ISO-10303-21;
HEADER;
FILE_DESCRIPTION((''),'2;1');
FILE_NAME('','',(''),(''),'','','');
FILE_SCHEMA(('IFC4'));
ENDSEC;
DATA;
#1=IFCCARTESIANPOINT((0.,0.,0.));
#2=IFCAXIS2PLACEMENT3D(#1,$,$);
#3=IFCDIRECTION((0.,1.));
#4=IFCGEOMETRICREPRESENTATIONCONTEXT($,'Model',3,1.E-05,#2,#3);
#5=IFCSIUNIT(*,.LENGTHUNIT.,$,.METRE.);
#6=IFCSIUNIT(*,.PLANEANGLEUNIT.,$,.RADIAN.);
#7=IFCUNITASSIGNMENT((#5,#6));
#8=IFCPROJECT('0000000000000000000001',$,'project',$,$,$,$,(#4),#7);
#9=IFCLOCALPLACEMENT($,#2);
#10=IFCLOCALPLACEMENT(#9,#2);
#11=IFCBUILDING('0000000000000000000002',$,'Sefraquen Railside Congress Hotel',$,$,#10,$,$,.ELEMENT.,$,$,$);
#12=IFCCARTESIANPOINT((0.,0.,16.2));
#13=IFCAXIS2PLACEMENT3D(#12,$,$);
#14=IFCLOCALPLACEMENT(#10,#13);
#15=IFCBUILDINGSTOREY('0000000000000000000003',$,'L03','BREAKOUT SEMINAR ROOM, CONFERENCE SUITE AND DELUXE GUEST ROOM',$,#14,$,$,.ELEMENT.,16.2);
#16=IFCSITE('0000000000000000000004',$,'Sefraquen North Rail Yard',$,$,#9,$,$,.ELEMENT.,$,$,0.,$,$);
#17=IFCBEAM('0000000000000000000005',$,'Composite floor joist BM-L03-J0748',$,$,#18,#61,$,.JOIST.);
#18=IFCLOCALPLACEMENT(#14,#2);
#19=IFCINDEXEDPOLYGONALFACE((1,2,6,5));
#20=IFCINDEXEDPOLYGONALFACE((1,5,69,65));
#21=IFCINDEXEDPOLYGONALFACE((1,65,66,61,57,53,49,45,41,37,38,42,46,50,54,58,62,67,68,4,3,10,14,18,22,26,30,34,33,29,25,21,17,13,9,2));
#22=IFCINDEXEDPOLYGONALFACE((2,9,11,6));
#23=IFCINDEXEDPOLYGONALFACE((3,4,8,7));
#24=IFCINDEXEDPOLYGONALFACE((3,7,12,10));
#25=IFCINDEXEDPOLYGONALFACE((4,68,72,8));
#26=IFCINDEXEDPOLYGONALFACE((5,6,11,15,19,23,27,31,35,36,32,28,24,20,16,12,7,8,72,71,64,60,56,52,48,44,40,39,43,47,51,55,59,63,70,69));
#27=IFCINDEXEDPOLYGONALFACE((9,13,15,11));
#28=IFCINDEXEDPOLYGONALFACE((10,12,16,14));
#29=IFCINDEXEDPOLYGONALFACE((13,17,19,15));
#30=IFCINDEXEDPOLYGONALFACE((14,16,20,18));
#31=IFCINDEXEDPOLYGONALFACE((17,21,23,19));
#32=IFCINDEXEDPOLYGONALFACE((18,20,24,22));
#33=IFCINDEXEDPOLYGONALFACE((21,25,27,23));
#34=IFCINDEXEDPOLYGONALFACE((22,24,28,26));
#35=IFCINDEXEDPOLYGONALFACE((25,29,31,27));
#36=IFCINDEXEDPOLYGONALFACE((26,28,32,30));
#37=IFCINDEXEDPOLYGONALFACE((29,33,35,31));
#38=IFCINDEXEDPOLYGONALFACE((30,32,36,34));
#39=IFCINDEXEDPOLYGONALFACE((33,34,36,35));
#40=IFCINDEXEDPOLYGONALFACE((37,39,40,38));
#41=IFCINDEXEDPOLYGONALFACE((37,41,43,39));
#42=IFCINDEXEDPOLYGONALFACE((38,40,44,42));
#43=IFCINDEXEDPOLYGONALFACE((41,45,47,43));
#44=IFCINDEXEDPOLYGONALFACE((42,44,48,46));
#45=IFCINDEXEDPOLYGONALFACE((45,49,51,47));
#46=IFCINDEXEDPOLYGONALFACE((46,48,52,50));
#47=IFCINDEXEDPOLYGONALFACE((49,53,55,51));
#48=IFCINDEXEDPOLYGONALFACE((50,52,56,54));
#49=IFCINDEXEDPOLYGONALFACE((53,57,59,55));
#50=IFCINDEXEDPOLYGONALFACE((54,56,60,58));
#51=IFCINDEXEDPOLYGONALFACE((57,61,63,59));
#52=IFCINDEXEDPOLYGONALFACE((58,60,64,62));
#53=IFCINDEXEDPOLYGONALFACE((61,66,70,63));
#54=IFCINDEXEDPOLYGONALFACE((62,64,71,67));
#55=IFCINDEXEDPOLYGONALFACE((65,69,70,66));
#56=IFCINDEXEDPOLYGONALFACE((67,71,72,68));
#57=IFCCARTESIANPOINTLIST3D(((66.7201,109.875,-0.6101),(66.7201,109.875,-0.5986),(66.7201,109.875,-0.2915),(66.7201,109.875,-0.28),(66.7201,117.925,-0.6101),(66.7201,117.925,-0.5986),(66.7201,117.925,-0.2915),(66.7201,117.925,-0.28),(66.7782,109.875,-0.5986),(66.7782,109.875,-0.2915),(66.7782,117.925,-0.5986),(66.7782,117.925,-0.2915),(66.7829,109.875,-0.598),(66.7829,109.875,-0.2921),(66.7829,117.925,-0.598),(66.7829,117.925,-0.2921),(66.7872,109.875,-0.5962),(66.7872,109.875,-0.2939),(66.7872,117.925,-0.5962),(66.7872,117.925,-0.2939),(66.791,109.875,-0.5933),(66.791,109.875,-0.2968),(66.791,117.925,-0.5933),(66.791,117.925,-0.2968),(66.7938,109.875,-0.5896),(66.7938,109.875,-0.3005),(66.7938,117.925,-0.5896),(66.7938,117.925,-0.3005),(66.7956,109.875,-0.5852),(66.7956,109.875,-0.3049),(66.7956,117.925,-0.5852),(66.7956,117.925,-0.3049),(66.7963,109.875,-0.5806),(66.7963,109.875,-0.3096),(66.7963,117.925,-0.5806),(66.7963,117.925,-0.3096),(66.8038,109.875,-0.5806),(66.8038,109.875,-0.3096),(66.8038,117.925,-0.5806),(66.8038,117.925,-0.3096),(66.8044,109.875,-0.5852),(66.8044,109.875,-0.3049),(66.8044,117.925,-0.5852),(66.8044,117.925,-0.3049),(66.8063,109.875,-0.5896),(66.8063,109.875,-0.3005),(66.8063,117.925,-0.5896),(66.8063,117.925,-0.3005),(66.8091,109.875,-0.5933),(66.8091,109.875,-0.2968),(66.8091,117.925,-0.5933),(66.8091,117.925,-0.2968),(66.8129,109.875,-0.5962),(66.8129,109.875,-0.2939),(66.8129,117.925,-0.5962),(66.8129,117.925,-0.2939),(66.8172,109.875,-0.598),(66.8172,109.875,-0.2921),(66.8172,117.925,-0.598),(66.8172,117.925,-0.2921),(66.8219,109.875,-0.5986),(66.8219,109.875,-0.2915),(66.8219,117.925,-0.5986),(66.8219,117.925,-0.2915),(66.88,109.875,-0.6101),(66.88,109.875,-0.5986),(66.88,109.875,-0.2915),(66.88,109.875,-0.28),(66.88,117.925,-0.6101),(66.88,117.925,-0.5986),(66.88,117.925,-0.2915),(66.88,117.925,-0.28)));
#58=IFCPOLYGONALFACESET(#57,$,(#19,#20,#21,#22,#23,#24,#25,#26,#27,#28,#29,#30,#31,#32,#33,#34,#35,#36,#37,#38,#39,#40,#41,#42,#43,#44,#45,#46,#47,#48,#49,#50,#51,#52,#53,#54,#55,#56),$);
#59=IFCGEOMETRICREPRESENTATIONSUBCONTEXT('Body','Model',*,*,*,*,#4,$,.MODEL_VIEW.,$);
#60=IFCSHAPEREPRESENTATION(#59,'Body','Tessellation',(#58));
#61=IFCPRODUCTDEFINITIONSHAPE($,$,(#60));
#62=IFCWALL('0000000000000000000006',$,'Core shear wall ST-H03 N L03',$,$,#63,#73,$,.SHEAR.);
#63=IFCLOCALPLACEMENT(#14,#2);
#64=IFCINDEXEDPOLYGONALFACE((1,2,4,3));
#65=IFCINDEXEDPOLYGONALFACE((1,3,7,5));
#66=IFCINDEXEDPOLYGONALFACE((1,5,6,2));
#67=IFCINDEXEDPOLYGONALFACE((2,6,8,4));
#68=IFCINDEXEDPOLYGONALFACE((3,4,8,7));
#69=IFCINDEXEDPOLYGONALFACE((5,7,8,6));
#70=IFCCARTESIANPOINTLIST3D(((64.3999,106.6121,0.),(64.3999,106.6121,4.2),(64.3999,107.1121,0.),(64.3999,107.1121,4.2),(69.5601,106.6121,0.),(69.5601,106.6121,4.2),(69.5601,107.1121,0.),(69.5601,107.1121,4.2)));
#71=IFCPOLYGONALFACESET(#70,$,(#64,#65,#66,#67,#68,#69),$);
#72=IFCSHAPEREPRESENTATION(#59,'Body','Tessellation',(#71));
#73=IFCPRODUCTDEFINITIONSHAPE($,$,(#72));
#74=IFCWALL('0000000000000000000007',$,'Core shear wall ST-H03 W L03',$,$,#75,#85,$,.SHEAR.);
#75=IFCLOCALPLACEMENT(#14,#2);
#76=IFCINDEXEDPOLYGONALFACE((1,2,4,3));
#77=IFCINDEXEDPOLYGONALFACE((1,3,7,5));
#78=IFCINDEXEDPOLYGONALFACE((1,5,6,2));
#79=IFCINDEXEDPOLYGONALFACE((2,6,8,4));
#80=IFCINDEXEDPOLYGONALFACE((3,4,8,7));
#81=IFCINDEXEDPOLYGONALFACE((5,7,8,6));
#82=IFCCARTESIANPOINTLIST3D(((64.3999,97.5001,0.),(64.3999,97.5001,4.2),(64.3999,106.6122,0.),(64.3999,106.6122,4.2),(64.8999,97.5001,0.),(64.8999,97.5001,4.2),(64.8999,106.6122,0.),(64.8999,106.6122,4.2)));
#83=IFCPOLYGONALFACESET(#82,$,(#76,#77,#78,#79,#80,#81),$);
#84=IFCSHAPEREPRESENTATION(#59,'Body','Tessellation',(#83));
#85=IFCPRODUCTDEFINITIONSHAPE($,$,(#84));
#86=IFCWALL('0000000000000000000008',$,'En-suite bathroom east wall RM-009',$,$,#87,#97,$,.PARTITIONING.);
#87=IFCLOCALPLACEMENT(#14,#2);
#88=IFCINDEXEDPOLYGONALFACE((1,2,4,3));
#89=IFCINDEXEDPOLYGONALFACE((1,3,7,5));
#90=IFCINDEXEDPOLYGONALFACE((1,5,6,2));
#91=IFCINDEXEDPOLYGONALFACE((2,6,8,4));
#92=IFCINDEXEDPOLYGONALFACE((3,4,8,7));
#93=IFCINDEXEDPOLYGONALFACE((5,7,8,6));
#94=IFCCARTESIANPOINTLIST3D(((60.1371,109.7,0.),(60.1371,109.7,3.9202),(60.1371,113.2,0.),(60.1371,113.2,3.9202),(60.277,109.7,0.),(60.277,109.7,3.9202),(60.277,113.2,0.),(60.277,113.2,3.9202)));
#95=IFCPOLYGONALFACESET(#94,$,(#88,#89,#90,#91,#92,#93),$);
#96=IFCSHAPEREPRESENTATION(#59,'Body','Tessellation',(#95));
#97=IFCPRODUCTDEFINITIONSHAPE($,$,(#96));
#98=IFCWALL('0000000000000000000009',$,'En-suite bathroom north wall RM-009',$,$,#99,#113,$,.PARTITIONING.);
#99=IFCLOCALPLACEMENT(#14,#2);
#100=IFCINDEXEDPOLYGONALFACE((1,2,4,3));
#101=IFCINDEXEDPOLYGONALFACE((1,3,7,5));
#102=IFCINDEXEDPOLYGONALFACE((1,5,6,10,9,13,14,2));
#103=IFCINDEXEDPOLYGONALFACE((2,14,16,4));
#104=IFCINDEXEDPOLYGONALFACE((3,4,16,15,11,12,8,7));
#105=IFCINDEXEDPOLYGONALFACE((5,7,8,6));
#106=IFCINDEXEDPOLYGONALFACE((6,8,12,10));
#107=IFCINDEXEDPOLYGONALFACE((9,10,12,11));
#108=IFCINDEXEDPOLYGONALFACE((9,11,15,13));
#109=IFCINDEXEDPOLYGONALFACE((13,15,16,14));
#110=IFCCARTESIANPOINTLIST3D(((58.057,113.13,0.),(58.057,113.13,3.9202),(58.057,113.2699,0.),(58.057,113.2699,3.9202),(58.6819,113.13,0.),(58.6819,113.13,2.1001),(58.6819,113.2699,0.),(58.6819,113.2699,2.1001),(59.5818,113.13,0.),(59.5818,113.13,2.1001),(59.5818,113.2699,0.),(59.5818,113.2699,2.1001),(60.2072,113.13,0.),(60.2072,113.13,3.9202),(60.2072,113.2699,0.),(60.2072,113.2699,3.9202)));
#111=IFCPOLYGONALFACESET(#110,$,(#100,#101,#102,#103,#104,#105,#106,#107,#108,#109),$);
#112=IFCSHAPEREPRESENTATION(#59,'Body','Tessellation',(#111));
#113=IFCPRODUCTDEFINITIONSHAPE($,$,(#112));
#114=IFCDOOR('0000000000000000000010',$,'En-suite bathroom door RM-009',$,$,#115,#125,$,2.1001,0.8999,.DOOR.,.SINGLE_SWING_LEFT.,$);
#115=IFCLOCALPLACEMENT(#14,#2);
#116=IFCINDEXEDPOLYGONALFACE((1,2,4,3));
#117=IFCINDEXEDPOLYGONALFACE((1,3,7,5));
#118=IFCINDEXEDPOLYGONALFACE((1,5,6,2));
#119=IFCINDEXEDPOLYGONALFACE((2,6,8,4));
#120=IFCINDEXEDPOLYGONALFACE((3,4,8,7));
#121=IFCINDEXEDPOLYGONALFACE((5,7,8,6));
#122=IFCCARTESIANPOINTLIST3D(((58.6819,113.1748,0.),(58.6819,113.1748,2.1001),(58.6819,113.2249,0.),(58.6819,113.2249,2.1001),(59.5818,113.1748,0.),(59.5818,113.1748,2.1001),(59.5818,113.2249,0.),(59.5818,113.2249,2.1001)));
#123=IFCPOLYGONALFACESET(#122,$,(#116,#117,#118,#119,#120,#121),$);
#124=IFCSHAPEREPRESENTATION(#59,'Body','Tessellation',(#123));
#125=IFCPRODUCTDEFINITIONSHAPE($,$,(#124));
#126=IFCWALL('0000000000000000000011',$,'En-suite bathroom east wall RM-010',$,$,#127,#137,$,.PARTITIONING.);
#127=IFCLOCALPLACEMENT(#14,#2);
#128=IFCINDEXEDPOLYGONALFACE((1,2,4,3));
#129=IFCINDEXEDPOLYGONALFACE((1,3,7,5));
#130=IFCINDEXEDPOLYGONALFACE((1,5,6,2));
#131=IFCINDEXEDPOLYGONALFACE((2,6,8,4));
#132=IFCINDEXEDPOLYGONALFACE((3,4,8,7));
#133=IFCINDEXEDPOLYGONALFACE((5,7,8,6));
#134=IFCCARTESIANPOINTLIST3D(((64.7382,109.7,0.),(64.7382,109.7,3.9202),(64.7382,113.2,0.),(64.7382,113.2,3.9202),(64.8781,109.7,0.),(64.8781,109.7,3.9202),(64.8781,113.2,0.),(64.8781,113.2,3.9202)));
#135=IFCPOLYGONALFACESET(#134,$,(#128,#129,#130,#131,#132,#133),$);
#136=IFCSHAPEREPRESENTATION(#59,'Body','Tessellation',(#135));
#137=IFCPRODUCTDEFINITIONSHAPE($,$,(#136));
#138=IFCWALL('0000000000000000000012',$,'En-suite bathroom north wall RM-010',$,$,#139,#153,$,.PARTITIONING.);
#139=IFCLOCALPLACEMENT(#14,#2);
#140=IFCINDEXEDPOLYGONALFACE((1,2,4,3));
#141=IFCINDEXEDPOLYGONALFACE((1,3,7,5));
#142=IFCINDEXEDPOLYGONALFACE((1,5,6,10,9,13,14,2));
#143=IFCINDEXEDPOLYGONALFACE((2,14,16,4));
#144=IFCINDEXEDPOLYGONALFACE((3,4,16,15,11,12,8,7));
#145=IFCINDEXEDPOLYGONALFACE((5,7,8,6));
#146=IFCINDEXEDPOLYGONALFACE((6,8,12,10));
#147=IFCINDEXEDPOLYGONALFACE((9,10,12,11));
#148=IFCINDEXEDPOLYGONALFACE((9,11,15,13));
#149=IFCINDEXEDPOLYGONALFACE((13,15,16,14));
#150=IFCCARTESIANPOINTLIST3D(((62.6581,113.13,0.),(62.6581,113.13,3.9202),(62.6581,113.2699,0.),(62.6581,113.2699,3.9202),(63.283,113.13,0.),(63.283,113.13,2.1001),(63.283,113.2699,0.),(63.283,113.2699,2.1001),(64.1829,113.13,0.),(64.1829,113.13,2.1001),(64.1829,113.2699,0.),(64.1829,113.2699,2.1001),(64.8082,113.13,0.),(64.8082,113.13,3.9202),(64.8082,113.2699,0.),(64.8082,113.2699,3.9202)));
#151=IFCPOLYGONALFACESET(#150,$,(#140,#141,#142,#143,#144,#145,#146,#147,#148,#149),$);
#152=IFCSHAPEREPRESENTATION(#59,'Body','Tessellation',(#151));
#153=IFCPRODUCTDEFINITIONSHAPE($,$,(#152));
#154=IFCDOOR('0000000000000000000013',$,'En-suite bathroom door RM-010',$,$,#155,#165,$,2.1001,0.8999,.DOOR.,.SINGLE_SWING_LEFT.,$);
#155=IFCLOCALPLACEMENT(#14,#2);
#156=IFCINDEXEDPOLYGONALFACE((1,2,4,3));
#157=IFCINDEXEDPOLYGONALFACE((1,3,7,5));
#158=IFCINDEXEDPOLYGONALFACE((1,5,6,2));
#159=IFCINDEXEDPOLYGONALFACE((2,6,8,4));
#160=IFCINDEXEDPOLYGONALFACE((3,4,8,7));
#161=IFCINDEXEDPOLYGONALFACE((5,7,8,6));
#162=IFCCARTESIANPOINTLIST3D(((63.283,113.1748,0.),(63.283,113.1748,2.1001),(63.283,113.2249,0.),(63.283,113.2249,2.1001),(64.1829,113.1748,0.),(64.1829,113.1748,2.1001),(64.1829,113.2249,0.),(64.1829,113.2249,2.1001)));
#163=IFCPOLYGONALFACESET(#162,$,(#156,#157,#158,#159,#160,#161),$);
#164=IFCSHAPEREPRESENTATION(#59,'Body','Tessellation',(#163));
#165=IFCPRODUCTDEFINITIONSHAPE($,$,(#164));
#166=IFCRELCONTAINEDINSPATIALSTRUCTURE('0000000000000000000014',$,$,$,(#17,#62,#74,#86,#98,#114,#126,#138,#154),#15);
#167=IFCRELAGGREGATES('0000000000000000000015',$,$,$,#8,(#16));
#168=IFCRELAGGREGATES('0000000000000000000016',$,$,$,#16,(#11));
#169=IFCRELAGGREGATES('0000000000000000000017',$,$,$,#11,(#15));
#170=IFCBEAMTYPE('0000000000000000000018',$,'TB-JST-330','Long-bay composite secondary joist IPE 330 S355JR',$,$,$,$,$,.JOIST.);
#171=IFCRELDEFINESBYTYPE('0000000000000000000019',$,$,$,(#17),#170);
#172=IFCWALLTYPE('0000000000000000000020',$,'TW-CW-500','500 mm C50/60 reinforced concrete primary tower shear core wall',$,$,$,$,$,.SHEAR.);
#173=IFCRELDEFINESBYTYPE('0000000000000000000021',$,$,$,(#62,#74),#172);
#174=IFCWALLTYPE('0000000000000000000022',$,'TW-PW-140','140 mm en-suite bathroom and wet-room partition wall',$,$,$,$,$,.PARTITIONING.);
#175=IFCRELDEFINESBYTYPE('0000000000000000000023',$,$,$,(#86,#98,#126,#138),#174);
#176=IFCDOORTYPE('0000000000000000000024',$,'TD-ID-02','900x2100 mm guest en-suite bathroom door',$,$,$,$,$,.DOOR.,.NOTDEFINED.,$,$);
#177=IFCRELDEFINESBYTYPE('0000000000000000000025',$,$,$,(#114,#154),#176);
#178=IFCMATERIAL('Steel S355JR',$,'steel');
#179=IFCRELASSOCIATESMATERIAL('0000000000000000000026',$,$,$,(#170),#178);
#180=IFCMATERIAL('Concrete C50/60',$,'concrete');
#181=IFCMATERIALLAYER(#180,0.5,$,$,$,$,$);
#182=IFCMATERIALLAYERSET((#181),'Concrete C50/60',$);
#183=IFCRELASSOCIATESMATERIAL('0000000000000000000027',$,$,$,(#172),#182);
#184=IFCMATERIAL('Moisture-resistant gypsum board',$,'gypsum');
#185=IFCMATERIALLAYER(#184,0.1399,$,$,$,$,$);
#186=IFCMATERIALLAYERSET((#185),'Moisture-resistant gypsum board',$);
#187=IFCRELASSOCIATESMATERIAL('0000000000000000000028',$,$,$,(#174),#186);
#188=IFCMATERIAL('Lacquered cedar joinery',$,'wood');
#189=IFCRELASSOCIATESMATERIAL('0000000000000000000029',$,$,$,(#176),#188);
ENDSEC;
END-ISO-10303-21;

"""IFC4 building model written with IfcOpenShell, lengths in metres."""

from ifc_helpers import new_model, si_unit, direction, frame, frame_2d, origin, origin_2d, place, context, subcontext, project, spatial, rectangle, i_section, extrude, material, layer, layer_set, material_profile, profile_set, type_object, element, fill, save


model = new_model("IFC4")

# Units and contexts
model_context = context("Model", 3, precision=1e-05, world=origin(), true_north=direction((0.0, 1.0)))
body_context = subcontext(model_context, "Body", "Model", "MODEL_VIEW")
ifc_project = project(units=[si_unit("LENGTHUNIT", "METRE"), si_unit("PLANEANGLEUNIT", "RADIAN")], contexts=[model_context])

# Site, building, storey
site_placement = place(None, origin())
site = spatial("IfcSite", under=ifc_project, at=site_placement, Name="Sefraquen North Rail Yard", CompositionType="ELEMENT", RefElevation=0.0)
building_placement = place(site_placement, origin())
building = spatial("IfcBuilding", under=site, at=building_placement, Name="Sefraquen Railside Congress Hotel", CompositionType="ELEMENT")
storey_placement = place(building_placement, frame((0.0, 0.0, 16.2)))
storey = spatial("IfcBuildingStorey", under=building, at=storey_placement, Name="L03", Description="BREAKOUT SEMINAR ROOM, CONFERENCE SUITE AND DELUXE GUEST ROOM", CompositionType="ELEMENT", Elevation=16.2)

# Shared definitions
ifc_material_1 = material(Name="Steel S355JR", Category="steel")

# Beam
ifc_material_profile_1 = material_profile(ifc_material_1, i_section(OverallWidth=0.1599, OverallDepth=0.3301, WebThickness=0.0076, FlangeThickness=0.0115, FilletRadius=0.0181, at=origin_2d()), Name="IPE 330")
ifc_profile_set_1 = profile_set([ifc_material_profile_1], Name="Steel S355JR")
beam_type_1 = type_object("IfcBeamType", Name="TB-JST-330", Description="Long-bay composite secondary joist IPE 330 S355JR", PredefinedType="JOIST", material=ifc_profile_set_1)
for number, where, z_axis, x_axis, name in (
    (1, (66.8, 109.875, -0.4451), (0.0, 1.0, 0.0), (-1.0, 0.0, 0.0), "Composite floor joist BM-L03-J0748"),
):
    element("IfcBeam", number, at=place(storey_placement, frame(where, z_axis=z_axis, x_axis=x_axis)), inside=storey, type_object=beam_type_1, Name=name, PredefinedType="JOIST", context=body_context, shape_type="SweptSolid", body=[
        extrude(i_section(OverallWidth=0.1599, OverallDepth=0.3301, WebThickness=0.0076, FlangeThickness=0.0115, FilletRadius=0.0181, at=origin_2d()), origin(), (0.0, 0.0, 1.0), 8.05),
    ])

# Walls
ifc_material_2 = material(Name="Concrete C50/60", Category="concrete")
ifc_layer_1 = layer(ifc_material_2, 0.5)
ifc_layer_set_1 = layer_set([ifc_layer_1], Name="Concrete C50/60")
wall_type_1 = type_object("IfcWallType", Name="TW-CW-500", Description="500 mm C50/60 reinforced concrete primary tower shear core wall", PredefinedType="SHEAR", material=ifc_layer_set_1)
wall_1_placement = place(storey_placement, frame((64.3999, 106.8621, 0.0), z_axis=(0.0, 0.0, 1.0), x_axis=(1.0, 0.0, 0.0)))
element("IfcWall", 2, at=wall_1_placement, inside=storey, type_object=wall_type_1, Name="Core shear wall ST-H03 N L03", PredefinedType="SHEAR", context=body_context, shape_type="SweptSolid", body=[
    extrude(rectangle(XDim=5.1602, YDim=0.5, at=frame_2d((2.5801, 0.0))), origin(), (0.0, 0.0, 1.0), 4.2),
])
wall_2_placement = place(storey_placement, frame((64.6499, 97.5, 0.0), z_axis=(0.0, 0.0, 1.0), x_axis=(0.0, 1.0, 0.0)))
element("IfcWall", 3, at=wall_2_placement, inside=storey, type_object=wall_type_1, Name="Core shear wall ST-H03 W L03", PredefinedType="SHEAR", context=body_context, shape_type="SweptSolid", body=[
    extrude(rectangle(XDim=9.1121, YDim=0.5, at=frame_2d((4.5562, 0.0))), origin(), (0.0, 0.0, 1.0), 4.2),
])
ifc_material_3 = material(Name="Moisture-resistant gypsum board", Category="gypsum")
ifc_layer_2 = layer(ifc_material_3, 0.1399)
ifc_layer_set_2 = layer_set([ifc_layer_2], Name="Moisture-resistant gypsum board")
wall_type_2 = type_object("IfcWallType", Name="TW-PW-140", Description="140 mm en-suite bathroom and wet-room partition wall", PredefinedType="PARTITIONING", material=ifc_layer_set_2)
wall_3_placement = place(storey_placement, frame((60.207, 109.7, 0.0), z_axis=(0.0, 0.0, 1.0), x_axis=(0.0, 1.0, 0.0)))
element("IfcWall", 4, at=wall_3_placement, inside=storey, type_object=wall_type_2, Name="En-suite bathroom east wall RM-009", PredefinedType="PARTITIONING", context=body_context, shape_type="SweptSolid", body=[
    extrude(rectangle(XDim=3.5, YDim=0.1399, at=frame_2d((1.75, 0.0))), origin(), (0.0, 0.0, 1.0), 3.9202),
])

# Wall, opening, door
wall_4_placement = place(storey_placement, frame((58.0569, 113.2, 0.0), z_axis=(0.0, 0.0, 1.0), x_axis=(1.0, 0.0, 0.0)))
wall_4 = element("IfcWall", 5, at=wall_4_placement, inside=storey, type_object=wall_type_2, Name="En-suite bathroom north wall RM-009", PredefinedType="PARTITIONING", context=body_context, shape_type="SweptSolid", body=[
    extrude(rectangle(XDim=2.1501, YDim=0.1399, at=frame_2d((1.0752, 0.0))), origin(), (0.0, 0.0, 1.0), 3.9202),
])
opening_1_placement = place(wall_4_placement, frame((0.625, 0.0, 0.0)))
opening_1 = element("IfcOpeningElement", 6, at=opening_1_placement, cuts=wall_4, PredefinedType="OPENING", context=body_context, shape_type="SweptSolid", body=[
    extrude(rectangle(XDim=0.8999, YDim=2.1001, at=frame_2d((0.45, 1.05))), frame((0.0, 0.0798, 0.0), z_axis=(0.0, -1.0, 0.0), x_axis=(1.0, 0.0, 0.0)), (0.0, 0.0, 1.0), 0.1599),
])
ifc_material_4 = material(Name="Lacquered cedar joinery", Category="wood")
door_type = type_object("IfcDoorType", Name="TD-ID-02", Description="900x2100 mm guest en-suite bathroom door", OperationType="NOTDEFINED", PredefinedType="DOOR", material=ifc_material_4)
door_1_placement = place(opening_1_placement, origin())
door_1 = element("IfcDoor", 7, at=door_1_placement, inside=storey, type_object=door_type, Name="En-suite bathroom door RM-009", OperationType="SINGLE_SWING_LEFT", OverallHeight=2.1001, OverallWidth=0.8999, PredefinedType="DOOR", context=body_context, shape_type="SweptSolid", body=[
    extrude(rectangle(XDim=0.8999, YDim=2.1001, at=frame_2d((0.45, 1.05))), frame((0.0, 0.0249, 0.0), z_axis=(0.0, -1.0, 0.0), x_axis=(1.0, 0.0, 0.0)), (0.0, 0.0, 1.0), 0.05),
])
fill(opening_1, door_1)

# Wall
wall_5_placement = place(storey_placement, frame((64.8081, 109.7, 0.0), z_axis=(0.0, 0.0, 1.0), x_axis=(0.0, 1.0, 0.0)))
element("IfcWall", 8, at=wall_5_placement, inside=storey, type_object=wall_type_2, Name="En-suite bathroom east wall RM-010", PredefinedType="PARTITIONING", context=body_context, shape_type="SweptSolid", body=[
    extrude(rectangle(XDim=3.5, YDim=0.1399, at=frame_2d((1.75, 0.0))), origin(), (0.0, 0.0, 1.0), 3.9202),
])

# Wall, opening, door
wall_6_placement = place(storey_placement, frame((62.658, 113.2, 0.0), z_axis=(0.0, 0.0, 1.0), x_axis=(1.0, 0.0, 0.0)))
wall_6 = element("IfcWall", 9, at=wall_6_placement, inside=storey, type_object=wall_type_2, Name="En-suite bathroom north wall RM-010", PredefinedType="PARTITIONING", context=body_context, shape_type="SweptSolid", body=[
    extrude(rectangle(XDim=2.1501, YDim=0.1399, at=frame_2d((1.0752, 0.0))), origin(), (0.0, 0.0, 1.0), 3.9202),
])
opening_2_placement = place(wall_6_placement, frame((0.625, 0.0, 0.0)))
opening_2 = element("IfcOpeningElement", 10, at=opening_2_placement, cuts=wall_6, PredefinedType="OPENING", context=body_context, shape_type="SweptSolid", body=[
    extrude(rectangle(XDim=0.8999, YDim=2.1001, at=frame_2d((0.45, 1.05))), frame((0.0, 0.0798, 0.0), z_axis=(0.0, -1.0, 0.0), x_axis=(1.0, 0.0, 0.0)), (0.0, 0.0, 1.0), 0.1599),
])
door_2_placement = place(opening_2_placement, origin())
door_2 = element("IfcDoor", 11, at=door_2_placement, inside=storey, type_object=door_type, Name="En-suite bathroom door RM-010", OperationType="SINGLE_SWING_LEFT", OverallHeight=2.1001, OverallWidth=0.8999, PredefinedType="DOOR", context=body_context, shape_type="SweptSolid", body=[
    extrude(rectangle(XDim=0.8999, YDim=2.1001, at=frame_2d((0.45, 1.05))), frame((0.0, 0.0249, 0.0), z_axis=(0.0, -1.0, 0.0), x_axis=(1.0, 0.0, 0.0)), (0.0, 0.0, 1.0), 0.05),
])
fill(opening_2, door_2)

save(model, "model.ifc")
